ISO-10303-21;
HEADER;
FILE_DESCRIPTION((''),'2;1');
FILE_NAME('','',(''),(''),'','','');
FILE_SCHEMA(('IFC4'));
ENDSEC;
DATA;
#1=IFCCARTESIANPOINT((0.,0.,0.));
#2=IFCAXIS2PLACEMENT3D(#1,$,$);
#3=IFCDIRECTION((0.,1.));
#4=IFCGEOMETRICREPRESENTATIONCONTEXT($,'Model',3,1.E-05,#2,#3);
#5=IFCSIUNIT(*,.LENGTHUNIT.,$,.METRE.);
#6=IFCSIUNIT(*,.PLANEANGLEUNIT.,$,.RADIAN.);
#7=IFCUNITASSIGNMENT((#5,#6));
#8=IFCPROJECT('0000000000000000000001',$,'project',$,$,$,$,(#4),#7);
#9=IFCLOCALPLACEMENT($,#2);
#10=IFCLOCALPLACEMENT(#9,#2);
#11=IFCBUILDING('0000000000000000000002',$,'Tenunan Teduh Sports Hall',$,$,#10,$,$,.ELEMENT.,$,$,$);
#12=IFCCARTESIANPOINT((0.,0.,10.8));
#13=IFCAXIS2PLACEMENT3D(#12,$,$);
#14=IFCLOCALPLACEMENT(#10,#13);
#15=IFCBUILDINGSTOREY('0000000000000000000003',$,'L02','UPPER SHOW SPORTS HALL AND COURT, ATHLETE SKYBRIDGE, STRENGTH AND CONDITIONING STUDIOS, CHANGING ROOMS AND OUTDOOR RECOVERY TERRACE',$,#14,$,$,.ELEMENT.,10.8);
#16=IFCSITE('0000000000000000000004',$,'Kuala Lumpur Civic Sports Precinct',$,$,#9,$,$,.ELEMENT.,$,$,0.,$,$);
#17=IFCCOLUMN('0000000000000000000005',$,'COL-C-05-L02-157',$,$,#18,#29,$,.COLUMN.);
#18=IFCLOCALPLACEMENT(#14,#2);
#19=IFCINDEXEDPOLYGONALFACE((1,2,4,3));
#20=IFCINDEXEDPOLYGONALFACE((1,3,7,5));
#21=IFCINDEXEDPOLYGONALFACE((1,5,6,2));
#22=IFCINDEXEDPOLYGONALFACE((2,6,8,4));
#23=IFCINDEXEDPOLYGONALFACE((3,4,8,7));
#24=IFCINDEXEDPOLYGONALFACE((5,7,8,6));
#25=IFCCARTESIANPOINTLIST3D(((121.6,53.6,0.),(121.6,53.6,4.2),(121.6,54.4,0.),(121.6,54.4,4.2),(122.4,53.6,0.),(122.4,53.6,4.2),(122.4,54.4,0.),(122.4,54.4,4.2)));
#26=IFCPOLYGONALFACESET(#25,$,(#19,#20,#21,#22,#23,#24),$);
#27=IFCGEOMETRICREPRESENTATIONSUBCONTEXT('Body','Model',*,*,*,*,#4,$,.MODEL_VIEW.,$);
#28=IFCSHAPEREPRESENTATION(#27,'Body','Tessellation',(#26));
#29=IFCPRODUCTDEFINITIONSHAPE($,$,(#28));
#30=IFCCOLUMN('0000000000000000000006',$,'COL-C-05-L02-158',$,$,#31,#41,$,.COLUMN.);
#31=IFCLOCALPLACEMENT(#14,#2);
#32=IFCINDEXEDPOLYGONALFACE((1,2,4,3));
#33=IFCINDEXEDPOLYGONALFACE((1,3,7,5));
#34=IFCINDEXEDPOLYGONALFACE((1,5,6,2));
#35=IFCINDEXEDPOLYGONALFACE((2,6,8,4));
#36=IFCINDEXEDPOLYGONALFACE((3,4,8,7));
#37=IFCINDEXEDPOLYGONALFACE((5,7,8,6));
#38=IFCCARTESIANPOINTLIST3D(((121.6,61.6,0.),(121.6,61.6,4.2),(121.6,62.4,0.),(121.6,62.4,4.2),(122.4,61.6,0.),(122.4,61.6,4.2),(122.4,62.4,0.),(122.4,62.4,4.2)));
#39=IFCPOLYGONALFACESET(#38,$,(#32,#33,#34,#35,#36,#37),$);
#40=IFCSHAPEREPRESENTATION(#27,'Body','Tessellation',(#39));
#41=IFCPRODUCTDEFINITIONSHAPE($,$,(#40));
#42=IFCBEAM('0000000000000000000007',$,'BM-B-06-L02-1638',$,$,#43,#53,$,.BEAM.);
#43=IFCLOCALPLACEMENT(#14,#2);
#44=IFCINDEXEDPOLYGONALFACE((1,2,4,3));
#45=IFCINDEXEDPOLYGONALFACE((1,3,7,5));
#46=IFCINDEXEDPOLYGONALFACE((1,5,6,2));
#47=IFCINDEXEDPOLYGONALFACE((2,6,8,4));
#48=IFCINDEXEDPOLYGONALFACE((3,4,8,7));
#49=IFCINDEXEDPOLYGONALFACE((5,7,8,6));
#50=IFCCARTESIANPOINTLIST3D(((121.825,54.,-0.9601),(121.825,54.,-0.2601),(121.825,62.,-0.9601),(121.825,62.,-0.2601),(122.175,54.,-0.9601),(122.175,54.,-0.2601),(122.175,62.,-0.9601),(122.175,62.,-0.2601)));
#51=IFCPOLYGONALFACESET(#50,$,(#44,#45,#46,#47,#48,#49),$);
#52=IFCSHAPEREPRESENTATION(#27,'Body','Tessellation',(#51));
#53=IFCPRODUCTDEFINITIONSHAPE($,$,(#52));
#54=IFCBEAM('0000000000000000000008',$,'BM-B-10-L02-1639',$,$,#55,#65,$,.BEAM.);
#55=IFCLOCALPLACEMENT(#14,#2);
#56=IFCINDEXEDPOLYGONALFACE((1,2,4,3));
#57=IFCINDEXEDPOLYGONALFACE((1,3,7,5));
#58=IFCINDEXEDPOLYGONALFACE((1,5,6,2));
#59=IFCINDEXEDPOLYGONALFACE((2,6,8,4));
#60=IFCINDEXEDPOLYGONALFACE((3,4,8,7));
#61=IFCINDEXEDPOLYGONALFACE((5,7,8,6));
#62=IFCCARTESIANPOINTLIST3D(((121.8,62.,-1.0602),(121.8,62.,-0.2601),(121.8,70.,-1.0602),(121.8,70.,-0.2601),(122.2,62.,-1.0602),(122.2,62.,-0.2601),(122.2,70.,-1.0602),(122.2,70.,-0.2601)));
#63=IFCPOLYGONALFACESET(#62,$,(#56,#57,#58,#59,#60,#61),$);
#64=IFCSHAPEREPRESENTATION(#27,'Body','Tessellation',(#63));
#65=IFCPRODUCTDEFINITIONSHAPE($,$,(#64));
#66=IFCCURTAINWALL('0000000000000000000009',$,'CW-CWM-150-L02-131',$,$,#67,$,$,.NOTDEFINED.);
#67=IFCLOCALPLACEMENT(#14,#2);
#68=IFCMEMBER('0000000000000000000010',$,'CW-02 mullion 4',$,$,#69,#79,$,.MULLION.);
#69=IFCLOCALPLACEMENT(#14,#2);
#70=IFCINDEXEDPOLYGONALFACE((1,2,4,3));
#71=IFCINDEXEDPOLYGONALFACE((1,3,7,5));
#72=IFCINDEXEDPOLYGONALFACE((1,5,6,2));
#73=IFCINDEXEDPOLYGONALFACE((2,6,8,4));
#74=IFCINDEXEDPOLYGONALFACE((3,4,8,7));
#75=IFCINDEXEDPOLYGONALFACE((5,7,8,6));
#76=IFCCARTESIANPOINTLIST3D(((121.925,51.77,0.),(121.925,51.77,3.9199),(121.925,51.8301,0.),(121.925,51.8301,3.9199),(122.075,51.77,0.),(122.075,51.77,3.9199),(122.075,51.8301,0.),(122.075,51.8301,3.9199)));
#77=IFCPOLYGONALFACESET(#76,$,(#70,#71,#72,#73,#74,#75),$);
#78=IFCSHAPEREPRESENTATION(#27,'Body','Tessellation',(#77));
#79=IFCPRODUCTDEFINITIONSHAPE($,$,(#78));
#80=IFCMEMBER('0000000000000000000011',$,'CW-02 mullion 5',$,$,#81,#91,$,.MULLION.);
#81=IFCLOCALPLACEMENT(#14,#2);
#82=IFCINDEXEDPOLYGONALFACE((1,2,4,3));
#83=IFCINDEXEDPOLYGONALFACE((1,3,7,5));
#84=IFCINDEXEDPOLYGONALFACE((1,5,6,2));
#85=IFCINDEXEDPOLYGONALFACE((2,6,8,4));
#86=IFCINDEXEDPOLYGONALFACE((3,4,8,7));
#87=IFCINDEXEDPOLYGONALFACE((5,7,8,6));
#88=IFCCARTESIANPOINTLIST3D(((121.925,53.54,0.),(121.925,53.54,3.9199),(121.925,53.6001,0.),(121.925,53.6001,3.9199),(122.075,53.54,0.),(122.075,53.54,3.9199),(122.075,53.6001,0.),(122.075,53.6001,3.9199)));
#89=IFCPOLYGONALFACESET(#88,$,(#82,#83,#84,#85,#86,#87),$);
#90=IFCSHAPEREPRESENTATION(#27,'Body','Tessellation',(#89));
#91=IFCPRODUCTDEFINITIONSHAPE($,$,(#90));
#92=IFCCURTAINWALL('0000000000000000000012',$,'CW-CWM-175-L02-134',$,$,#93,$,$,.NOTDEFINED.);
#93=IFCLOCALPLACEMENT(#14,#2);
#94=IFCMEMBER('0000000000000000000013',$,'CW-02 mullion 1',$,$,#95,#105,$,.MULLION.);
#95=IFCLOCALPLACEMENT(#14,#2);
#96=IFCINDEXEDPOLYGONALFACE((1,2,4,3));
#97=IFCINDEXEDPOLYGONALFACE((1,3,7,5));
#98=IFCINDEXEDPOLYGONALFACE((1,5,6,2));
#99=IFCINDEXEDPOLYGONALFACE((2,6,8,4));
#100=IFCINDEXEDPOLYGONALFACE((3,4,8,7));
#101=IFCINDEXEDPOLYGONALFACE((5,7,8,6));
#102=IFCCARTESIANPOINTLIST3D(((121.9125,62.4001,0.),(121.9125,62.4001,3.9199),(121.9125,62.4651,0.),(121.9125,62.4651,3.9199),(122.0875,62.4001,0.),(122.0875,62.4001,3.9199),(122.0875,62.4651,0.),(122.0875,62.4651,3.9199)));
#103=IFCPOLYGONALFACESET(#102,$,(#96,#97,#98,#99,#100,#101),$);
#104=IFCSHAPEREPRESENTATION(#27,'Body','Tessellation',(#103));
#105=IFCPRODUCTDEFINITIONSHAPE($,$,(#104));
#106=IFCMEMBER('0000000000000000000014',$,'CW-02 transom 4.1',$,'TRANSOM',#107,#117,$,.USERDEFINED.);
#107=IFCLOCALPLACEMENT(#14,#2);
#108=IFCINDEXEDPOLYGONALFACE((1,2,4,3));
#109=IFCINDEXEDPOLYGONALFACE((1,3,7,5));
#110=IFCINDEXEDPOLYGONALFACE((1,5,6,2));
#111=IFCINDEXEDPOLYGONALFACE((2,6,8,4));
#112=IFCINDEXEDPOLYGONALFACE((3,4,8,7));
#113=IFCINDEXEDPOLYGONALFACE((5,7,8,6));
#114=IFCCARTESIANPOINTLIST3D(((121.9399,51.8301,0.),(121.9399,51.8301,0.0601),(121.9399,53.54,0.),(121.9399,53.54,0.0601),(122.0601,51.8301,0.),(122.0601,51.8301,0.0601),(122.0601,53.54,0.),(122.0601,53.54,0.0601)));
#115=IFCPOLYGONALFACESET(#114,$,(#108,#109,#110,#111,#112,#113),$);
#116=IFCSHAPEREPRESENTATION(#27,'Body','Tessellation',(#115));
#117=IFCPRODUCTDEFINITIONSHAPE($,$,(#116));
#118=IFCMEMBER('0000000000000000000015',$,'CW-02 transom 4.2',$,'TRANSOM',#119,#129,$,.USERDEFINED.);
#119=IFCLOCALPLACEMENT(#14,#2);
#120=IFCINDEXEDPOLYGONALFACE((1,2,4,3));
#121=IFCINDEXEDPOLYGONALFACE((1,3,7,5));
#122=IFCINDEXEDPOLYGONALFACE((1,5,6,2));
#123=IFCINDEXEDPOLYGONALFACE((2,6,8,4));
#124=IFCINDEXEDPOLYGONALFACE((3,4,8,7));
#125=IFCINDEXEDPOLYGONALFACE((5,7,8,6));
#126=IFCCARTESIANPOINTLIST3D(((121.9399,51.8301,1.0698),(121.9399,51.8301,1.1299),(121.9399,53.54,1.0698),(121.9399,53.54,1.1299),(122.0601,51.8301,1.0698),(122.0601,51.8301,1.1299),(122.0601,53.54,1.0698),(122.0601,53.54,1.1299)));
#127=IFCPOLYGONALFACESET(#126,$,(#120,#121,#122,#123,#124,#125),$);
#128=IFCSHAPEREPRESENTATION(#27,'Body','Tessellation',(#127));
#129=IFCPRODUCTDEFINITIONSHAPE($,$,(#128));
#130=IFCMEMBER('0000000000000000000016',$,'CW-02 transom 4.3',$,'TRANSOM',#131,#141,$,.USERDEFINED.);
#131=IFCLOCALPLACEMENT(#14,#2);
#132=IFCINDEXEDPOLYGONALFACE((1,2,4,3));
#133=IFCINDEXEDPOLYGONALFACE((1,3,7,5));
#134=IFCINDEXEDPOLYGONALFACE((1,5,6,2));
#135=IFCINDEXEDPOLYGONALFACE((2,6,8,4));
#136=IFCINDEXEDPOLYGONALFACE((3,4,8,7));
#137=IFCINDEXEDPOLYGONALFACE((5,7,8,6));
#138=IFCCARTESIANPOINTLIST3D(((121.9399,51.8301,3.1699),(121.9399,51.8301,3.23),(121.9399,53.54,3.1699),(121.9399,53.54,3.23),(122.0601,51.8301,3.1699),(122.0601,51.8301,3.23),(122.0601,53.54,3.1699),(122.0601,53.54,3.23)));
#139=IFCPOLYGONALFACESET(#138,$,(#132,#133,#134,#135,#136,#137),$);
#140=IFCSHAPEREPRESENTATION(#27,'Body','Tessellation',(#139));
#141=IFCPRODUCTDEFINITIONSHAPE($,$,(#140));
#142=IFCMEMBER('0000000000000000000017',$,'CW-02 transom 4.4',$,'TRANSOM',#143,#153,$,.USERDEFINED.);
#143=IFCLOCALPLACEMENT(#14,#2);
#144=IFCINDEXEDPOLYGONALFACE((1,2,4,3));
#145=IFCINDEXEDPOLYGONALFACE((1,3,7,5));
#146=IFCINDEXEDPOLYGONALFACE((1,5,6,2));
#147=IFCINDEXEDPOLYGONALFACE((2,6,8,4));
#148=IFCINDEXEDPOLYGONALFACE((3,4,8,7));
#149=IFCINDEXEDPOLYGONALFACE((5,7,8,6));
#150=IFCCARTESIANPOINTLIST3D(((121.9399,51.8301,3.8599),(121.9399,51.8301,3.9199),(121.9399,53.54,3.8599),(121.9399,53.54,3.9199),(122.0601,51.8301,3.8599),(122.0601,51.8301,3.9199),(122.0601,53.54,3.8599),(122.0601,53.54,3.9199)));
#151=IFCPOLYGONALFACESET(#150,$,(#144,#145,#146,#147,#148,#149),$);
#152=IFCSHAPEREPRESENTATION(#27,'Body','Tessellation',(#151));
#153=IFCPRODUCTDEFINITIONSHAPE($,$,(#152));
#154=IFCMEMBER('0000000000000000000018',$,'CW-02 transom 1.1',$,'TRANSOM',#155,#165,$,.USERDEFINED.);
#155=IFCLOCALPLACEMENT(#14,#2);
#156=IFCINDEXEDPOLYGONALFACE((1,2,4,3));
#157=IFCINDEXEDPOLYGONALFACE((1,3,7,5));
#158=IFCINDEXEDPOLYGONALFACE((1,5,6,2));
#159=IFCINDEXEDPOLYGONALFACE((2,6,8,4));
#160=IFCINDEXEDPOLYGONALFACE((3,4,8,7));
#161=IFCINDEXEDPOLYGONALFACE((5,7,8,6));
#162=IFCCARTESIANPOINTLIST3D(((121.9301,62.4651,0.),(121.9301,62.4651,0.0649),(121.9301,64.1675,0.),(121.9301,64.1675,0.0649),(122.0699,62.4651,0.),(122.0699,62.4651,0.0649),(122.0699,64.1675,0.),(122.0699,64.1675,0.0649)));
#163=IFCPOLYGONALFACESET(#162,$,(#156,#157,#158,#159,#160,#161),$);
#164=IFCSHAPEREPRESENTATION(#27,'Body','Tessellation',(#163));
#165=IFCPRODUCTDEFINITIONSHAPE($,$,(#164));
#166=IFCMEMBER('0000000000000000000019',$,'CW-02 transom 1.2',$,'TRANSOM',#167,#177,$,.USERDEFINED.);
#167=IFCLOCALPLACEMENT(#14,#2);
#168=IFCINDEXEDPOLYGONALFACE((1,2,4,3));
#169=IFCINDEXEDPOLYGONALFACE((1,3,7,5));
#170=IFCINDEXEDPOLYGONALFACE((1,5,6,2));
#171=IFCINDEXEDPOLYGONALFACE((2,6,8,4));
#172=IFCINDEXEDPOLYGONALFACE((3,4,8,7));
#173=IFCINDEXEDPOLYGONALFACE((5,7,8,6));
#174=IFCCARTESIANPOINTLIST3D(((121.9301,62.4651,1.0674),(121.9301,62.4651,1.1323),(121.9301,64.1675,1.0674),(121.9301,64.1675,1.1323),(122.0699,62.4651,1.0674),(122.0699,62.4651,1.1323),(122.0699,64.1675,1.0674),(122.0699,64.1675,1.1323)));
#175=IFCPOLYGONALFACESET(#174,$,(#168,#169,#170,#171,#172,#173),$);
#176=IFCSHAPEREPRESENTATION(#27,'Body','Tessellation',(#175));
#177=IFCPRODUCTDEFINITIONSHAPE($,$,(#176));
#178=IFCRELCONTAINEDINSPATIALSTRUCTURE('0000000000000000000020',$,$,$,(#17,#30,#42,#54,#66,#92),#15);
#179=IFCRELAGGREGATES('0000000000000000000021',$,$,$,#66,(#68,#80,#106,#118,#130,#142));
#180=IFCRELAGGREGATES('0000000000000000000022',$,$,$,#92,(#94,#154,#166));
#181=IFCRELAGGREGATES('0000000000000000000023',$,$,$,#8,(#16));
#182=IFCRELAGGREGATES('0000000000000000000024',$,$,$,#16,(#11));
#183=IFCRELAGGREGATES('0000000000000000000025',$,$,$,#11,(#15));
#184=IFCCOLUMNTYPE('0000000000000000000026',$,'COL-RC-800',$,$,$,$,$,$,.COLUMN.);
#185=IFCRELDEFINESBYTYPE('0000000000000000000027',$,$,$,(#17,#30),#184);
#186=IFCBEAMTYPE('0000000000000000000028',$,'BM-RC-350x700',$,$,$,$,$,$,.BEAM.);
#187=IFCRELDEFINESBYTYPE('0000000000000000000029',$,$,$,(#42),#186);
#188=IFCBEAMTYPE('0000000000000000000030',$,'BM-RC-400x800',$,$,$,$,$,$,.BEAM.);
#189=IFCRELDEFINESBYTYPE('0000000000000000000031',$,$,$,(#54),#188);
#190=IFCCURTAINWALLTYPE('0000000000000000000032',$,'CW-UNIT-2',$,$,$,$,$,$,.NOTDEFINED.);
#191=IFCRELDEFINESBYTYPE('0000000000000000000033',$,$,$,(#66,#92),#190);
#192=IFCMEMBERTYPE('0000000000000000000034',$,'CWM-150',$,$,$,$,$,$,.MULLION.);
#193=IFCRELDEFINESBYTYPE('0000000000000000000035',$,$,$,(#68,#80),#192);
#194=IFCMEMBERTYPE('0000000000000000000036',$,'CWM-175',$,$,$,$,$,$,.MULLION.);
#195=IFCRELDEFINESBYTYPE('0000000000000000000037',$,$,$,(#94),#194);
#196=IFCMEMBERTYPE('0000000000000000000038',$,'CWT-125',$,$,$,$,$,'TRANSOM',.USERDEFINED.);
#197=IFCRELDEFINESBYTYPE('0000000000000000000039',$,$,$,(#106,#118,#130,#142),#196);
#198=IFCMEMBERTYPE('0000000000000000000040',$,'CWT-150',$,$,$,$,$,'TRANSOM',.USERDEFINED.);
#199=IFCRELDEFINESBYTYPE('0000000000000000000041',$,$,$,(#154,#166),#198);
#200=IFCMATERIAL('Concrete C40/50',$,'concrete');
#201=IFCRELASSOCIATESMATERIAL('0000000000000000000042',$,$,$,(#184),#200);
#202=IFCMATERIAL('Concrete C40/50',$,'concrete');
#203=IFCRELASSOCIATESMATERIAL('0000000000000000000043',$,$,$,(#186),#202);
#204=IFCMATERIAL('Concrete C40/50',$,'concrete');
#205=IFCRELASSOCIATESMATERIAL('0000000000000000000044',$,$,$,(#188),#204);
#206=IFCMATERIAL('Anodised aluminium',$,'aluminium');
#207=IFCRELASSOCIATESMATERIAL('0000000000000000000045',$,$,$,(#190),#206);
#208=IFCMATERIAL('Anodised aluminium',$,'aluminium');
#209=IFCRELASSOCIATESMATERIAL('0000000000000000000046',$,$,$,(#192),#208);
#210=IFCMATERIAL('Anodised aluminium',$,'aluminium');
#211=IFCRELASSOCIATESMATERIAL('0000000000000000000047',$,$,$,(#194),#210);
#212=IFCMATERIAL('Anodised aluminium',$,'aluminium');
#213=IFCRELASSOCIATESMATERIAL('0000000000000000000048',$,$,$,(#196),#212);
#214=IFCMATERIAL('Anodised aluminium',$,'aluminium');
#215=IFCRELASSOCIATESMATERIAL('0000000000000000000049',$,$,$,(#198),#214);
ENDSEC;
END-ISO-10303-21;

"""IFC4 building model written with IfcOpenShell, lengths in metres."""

from ifc_helpers import new_model, si_unit, direction, frame, origin, origin_2d, place, context, subcontext, project, spatial, rectangle, extrude, material, material_profile, profile_set, type_object, element, aggregate, save


model = new_model("IFC4")

# Units and contexts
model_context = context("Model", 3, precision=1e-05, world=origin(), true_north=direction((0.0, 1.0)))
body_context = subcontext(model_context, "Body", "Model", "MODEL_VIEW")
ifc_project = project(units=[si_unit("LENGTHUNIT", "METRE"), si_unit("PLANEANGLEUNIT", "RADIAN")], contexts=[model_context])

# Site, building, storey
site_placement = place(None, origin())
site = spatial("IfcSite", under=ifc_project, at=site_placement, Name="Kuala Lumpur Civic Sports Precinct", CompositionType="ELEMENT", RefElevation=0.0)
building_placement = place(site_placement, origin())
building = spatial("IfcBuilding", under=site, at=building_placement, Name="Tenunan Teduh Sports Hall", CompositionType="ELEMENT")
storey_placement = place(building_placement, frame((0.0, 0.0, 10.8)))
storey = spatial("IfcBuildingStorey", under=building, at=storey_placement, Name="L02", Description="UPPER SHOW SPORTS HALL AND COURT, ATHLETE SKYBRIDGE, STRENGTH AND CONDITIONING STUDIOS, CHANGING ROOMS AND OUTDOOR RECOVERY TERRACE", CompositionType="ELEMENT", Elevation=10.8)

# Columns
ifc_material_1 = material(Name="Concrete C40/50", Category="concrete")
ifc_material_profile_1 = material_profile(ifc_material_1, rectangle(XDim=0.8, YDim=0.8, at=origin_2d()), Name="RC 800x800")
ifc_profile_set_1 = profile_set([ifc_material_profile_1], Name="Concrete C40/50")
column_type = type_object("IfcColumnType", Name="COL-RC-800", PredefinedType="COLUMN", material=ifc_profile_set_1)
for number, where, z_axis, x_axis, name in (
    (1, (122.0, 54.0, 0.0), (0.0, 0.0, 1.0), (1.0, 0.0, 0.0), "COL-C-05-L02-157"),
    (2, (122.0, 62.0, 0.0), (0.0, 0.0, 1.0), (1.0, 0.0, 0.0), "COL-C-05-L02-158"),
):
    element("IfcColumn", number, at=place(storey_placement, frame(where, z_axis=z_axis, x_axis=x_axis)), inside=storey, type_object=column_type, Name=name, PredefinedType="COLUMN", context=body_context, shape_type="SweptSolid", body=[
        extrude(rectangle(XDim=0.8, YDim=0.8, at=origin_2d()), origin(), (0.0, 0.0, 1.0), 4.2),
    ])

# Beams
ifc_material_2 = material(Name="Concrete C40/50", Category="concrete")
ifc_material_profile_2 = material_profile(ifc_material_2, rectangle(XDim=0.3501, YDim=0.7, at=origin_2d()), Name="RCB 350x700")
ifc_profile_set_2 = profile_set([ifc_material_profile_2], Name="Concrete C40/50")
beam_type_1 = type_object("IfcBeamType", Name="BM-RC-350x700", PredefinedType="BEAM", material=ifc_profile_set_2)
beam_1_placement = place(storey_placement, frame((122.0, 54.0, -0.6101), z_axis=(0.0, 1.0, 0.0), x_axis=(-1.0, 0.0, 0.0)))
element("IfcBeam", 3, at=beam_1_placement, inside=storey, type_object=beam_type_1, Name="BM-B-06-L02-1638", PredefinedType="BEAM", context=body_context, shape_type="SweptSolid", body=[
    extrude(rectangle(XDim=0.3501, YDim=0.7, at=origin_2d()), origin(), (0.0, 0.0, 1.0), 8.0),
])
ifc_material_3 = material(Name="Concrete C40/50", Category="concrete")
ifc_material_profile_3 = material_profile(ifc_material_3, rectangle(XDim=0.3999, YDim=0.8, at=origin_2d()), Name="RCB 400x800")
ifc_profile_set_3 = profile_set([ifc_material_profile_3], Name="Concrete C40/50")
beam_type_2 = type_object("IfcBeamType", Name="BM-RC-400x800", PredefinedType="BEAM", material=ifc_profile_set_3)
beam_2_placement = place(storey_placement, frame((122.0, 62.0, -0.6602), z_axis=(0.0, 1.0, 0.0), x_axis=(-1.0, 0.0, 0.0)))
element("IfcBeam", 4, at=beam_2_placement, inside=storey, type_object=beam_type_2, Name="BM-B-10-L02-1639", PredefinedType="BEAM", context=body_context, shape_type="SweptSolid", body=[
    extrude(rectangle(XDim=0.3999, YDim=0.8, at=origin_2d()), origin(), (0.0, 0.0, 1.0), 8.0),
])

# Curtain wall, members
ifc_material_4 = material(Name="Anodised aluminium", Category="aluminium")
curtain_wall_type = type_object("IfcCurtainWallType", Name="CW-UNIT-2", PredefinedType="NOTDEFINED", material=ifc_material_4)
curtain_wall_1_placement = place(storey_placement, origin())
curtain_wall_1 = element("IfcCurtainWall", 5, at=curtain_wall_1_placement, inside=storey, type_object=curtain_wall_type, Name="CW-CWM-150-L02-131", PredefinedType="NOTDEFINED")
ifc_material_5 = material(Name="Anodised aluminium", Category="aluminium")
ifc_material_profile_4 = material_profile(ifc_material_5, rectangle(XDim=0.0601, YDim=0.1499, at=origin_2d()), Name="CWM 60x150")
ifc_profile_set_4 = profile_set([ifc_material_profile_4], Name="Anodised aluminium")
member_type_1 = type_object("IfcMemberType", Name="CWM-150", PredefinedType="MULLION", material=ifc_profile_set_4)
member_1_placement = place(storey_placement, frame((122.0, 51.8, 0.0), z_axis=(0.0, 0.0, 1.0), x_axis=(0.0, 1.0, 0.0)))
member_1 = element("IfcMember", 6, at=member_1_placement, type_object=member_type_1, Name="CW-02 mullion 4", PredefinedType="MULLION", context=body_context, shape_type="SweptSolid", body=[
    extrude(rectangle(XDim=0.0601, YDim=0.1499, at=origin_2d()), origin(), (0.0, 0.0, 1.0), 3.9199),
])
member_2_placement = place(storey_placement, frame((122.0, 53.5701, 0.0), z_axis=(0.0, 0.0, 1.0), x_axis=(0.0, 1.0, 0.0)))
member_2 = element("IfcMember", 7, at=member_2_placement, type_object=member_type_1, Name="CW-02 mullion 5", PredefinedType="MULLION", context=body_context, shape_type="SweptSolid", body=[
    extrude(rectangle(XDim=0.0601, YDim=0.1499, at=origin_2d()), origin(), (0.0, 0.0, 1.0), 3.9199),
])

# Curtain wall, member
curtain_wall_2_placement = place(storey_placement, origin())
curtain_wall_2 = element("IfcCurtainWall", 8, at=curtain_wall_2_placement, inside=storey, type_object=curtain_wall_type, Name="CW-CWM-175-L02-134", PredefinedType="NOTDEFINED")
ifc_material_6 = material(Name="Anodised aluminium", Category="aluminium")
ifc_material_profile_5 = material_profile(ifc_material_6, rectangle(XDim=0.0649, YDim=0.175, at=origin_2d()), Name="CWM 65x175")
ifc_profile_set_5 = profile_set([ifc_material_profile_5], Name="Anodised aluminium")
member_type_2 = type_object("IfcMemberType", Name="CWM-175", PredefinedType="MULLION", material=ifc_profile_set_5)
member_3_placement = place(storey_placement, frame((122.0, 62.4326, 0.0), z_axis=(0.0, 0.0, 1.0), x_axis=(0.0, 1.0, 0.0)))
member_3 = element("IfcMember", 9, at=member_3_placement, type_object=member_type_2, Name="CW-02 mullion 1", PredefinedType="MULLION", context=body_context, shape_type="SweptSolid", body=[
    extrude(rectangle(XDim=0.0649, YDim=0.175, at=origin_2d()), origin(), (0.0, 0.0, 1.0), 3.9199),
])

# Members
ifc_material_7 = material(Name="Anodised aluminium", Category="aluminium")
ifc_material_profile_6 = material_profile(ifc_material_7, rectangle(XDim=0.0601, YDim=0.1201, at=origin_2d()), Name="CWT 60x120")
ifc_profile_set_6 = profile_set([ifc_material_profile_6], Name="Anodised aluminium")
member_type_3 = type_object("IfcMemberType", Name="CWT-125", ElementType="TRANSOM", PredefinedType="USERDEFINED", material=ifc_profile_set_6)
member_4_placement = place(storey_placement, frame((122.0, 51.8301, 0.03), z_axis=(0.0, 1.0, 0.0), x_axis=(0.0, 0.0, 1.0)))
member_4 = element("IfcMember", 10, at=member_4_placement, type_object=member_type_3, Name="CW-02 transom 4.1", ObjectType="TRANSOM", PredefinedType="USERDEFINED", context=body_context, shape_type="SweptSolid", body=[
    extrude(rectangle(XDim=0.0601, YDim=0.1201, at=origin_2d()), origin(), (0.0, 0.0, 1.0), 1.71),
])
member_5_placement = place(storey_placement, frame((122.0, 51.8301, 1.0999), z_axis=(0.0, 1.0, 0.0), x_axis=(0.0, 0.0, 1.0)))
member_5 = element("IfcMember", 11, at=member_5_placement, type_object=member_type_3, Name="CW-02 transom 4.2", ObjectType="TRANSOM", PredefinedType="USERDEFINED", context=body_context, shape_type="SweptSolid", body=[
    extrude(rectangle(XDim=0.0601, YDim=0.1201, at=origin_2d()), origin(), (0.0, 0.0, 1.0), 1.71),
])
member_6_placement = place(storey_placement, frame((122.0, 51.8301, 3.2), z_axis=(0.0, 1.0, 0.0), x_axis=(0.0, 0.0, 1.0)))
member_6 = element("IfcMember", 12, at=member_6_placement, type_object=member_type_3, Name="CW-02 transom 4.3", ObjectType="TRANSOM", PredefinedType="USERDEFINED", context=body_context, shape_type="SweptSolid", body=[
    extrude(rectangle(XDim=0.0601, YDim=0.1201, at=origin_2d()), origin(), (0.0, 0.0, 1.0), 1.71),
])
member_7_placement = place(storey_placement, frame((122.0, 51.8301, 3.8899), z_axis=(0.0, 1.0, 0.0), x_axis=(0.0, 0.0, 1.0)))
member_7 = element("IfcMember", 13, at=member_7_placement, type_object=member_type_3, Name="CW-02 transom 4.4", ObjectType="TRANSOM", PredefinedType="USERDEFINED", context=body_context, shape_type="SweptSolid", body=[
    extrude(rectangle(XDim=0.0601, YDim=0.1201, at=origin_2d()), origin(), (0.0, 0.0, 1.0), 1.71),
])
ifc_material_8 = material(Name="Anodised aluminium", Category="aluminium")
ifc_material_profile_7 = material_profile(ifc_material_8, rectangle(XDim=0.0649, YDim=0.1399, at=origin_2d()), Name="CWT 65x140")
ifc_profile_set_7 = profile_set([ifc_material_profile_7], Name="Anodised aluminium")
member_type_4 = type_object("IfcMemberType", Name="CWT-150", ElementType="TRANSOM", PredefinedType="USERDEFINED", material=ifc_profile_set_7)
member_8_placement = place(storey_placement, frame((122.0, 62.4651, 0.0325), z_axis=(0.0, 1.0, 0.0), x_axis=(0.0, 0.0, 1.0)))
member_8 = element("IfcMember", 14, at=member_8_placement, type_object=member_type_4, Name="CW-02 transom 1.1", ObjectType="TRANSOM", PredefinedType="USERDEFINED", context=body_context, shape_type="SweptSolid", body=[
    extrude(rectangle(XDim=0.0649, YDim=0.1399, at=origin_2d()), origin(), (0.0, 0.0, 1.0), 1.7024),
])
member_9_placement = place(storey_placement, frame((122.0, 62.4651, 1.0999), z_axis=(0.0, 1.0, 0.0), x_axis=(0.0, 0.0, 1.0)))
member_9 = element("IfcMember", 15, at=member_9_placement, type_object=member_type_4, Name="CW-02 transom 1.2", ObjectType="TRANSOM", PredefinedType="USERDEFINED", context=body_context, shape_type="SweptSolid", body=[
    extrude(rectangle(XDim=0.0649, YDim=0.1399, at=origin_2d()), origin(), (0.0, 0.0, 1.0), 1.7024),
])

aggregate(curtain_wall_1, [member_1, member_2, member_4, member_5, member_6, member_7])
aggregate(curtain_wall_2, [member_3, member_8, member_9])

save(model, "model.ifc")
